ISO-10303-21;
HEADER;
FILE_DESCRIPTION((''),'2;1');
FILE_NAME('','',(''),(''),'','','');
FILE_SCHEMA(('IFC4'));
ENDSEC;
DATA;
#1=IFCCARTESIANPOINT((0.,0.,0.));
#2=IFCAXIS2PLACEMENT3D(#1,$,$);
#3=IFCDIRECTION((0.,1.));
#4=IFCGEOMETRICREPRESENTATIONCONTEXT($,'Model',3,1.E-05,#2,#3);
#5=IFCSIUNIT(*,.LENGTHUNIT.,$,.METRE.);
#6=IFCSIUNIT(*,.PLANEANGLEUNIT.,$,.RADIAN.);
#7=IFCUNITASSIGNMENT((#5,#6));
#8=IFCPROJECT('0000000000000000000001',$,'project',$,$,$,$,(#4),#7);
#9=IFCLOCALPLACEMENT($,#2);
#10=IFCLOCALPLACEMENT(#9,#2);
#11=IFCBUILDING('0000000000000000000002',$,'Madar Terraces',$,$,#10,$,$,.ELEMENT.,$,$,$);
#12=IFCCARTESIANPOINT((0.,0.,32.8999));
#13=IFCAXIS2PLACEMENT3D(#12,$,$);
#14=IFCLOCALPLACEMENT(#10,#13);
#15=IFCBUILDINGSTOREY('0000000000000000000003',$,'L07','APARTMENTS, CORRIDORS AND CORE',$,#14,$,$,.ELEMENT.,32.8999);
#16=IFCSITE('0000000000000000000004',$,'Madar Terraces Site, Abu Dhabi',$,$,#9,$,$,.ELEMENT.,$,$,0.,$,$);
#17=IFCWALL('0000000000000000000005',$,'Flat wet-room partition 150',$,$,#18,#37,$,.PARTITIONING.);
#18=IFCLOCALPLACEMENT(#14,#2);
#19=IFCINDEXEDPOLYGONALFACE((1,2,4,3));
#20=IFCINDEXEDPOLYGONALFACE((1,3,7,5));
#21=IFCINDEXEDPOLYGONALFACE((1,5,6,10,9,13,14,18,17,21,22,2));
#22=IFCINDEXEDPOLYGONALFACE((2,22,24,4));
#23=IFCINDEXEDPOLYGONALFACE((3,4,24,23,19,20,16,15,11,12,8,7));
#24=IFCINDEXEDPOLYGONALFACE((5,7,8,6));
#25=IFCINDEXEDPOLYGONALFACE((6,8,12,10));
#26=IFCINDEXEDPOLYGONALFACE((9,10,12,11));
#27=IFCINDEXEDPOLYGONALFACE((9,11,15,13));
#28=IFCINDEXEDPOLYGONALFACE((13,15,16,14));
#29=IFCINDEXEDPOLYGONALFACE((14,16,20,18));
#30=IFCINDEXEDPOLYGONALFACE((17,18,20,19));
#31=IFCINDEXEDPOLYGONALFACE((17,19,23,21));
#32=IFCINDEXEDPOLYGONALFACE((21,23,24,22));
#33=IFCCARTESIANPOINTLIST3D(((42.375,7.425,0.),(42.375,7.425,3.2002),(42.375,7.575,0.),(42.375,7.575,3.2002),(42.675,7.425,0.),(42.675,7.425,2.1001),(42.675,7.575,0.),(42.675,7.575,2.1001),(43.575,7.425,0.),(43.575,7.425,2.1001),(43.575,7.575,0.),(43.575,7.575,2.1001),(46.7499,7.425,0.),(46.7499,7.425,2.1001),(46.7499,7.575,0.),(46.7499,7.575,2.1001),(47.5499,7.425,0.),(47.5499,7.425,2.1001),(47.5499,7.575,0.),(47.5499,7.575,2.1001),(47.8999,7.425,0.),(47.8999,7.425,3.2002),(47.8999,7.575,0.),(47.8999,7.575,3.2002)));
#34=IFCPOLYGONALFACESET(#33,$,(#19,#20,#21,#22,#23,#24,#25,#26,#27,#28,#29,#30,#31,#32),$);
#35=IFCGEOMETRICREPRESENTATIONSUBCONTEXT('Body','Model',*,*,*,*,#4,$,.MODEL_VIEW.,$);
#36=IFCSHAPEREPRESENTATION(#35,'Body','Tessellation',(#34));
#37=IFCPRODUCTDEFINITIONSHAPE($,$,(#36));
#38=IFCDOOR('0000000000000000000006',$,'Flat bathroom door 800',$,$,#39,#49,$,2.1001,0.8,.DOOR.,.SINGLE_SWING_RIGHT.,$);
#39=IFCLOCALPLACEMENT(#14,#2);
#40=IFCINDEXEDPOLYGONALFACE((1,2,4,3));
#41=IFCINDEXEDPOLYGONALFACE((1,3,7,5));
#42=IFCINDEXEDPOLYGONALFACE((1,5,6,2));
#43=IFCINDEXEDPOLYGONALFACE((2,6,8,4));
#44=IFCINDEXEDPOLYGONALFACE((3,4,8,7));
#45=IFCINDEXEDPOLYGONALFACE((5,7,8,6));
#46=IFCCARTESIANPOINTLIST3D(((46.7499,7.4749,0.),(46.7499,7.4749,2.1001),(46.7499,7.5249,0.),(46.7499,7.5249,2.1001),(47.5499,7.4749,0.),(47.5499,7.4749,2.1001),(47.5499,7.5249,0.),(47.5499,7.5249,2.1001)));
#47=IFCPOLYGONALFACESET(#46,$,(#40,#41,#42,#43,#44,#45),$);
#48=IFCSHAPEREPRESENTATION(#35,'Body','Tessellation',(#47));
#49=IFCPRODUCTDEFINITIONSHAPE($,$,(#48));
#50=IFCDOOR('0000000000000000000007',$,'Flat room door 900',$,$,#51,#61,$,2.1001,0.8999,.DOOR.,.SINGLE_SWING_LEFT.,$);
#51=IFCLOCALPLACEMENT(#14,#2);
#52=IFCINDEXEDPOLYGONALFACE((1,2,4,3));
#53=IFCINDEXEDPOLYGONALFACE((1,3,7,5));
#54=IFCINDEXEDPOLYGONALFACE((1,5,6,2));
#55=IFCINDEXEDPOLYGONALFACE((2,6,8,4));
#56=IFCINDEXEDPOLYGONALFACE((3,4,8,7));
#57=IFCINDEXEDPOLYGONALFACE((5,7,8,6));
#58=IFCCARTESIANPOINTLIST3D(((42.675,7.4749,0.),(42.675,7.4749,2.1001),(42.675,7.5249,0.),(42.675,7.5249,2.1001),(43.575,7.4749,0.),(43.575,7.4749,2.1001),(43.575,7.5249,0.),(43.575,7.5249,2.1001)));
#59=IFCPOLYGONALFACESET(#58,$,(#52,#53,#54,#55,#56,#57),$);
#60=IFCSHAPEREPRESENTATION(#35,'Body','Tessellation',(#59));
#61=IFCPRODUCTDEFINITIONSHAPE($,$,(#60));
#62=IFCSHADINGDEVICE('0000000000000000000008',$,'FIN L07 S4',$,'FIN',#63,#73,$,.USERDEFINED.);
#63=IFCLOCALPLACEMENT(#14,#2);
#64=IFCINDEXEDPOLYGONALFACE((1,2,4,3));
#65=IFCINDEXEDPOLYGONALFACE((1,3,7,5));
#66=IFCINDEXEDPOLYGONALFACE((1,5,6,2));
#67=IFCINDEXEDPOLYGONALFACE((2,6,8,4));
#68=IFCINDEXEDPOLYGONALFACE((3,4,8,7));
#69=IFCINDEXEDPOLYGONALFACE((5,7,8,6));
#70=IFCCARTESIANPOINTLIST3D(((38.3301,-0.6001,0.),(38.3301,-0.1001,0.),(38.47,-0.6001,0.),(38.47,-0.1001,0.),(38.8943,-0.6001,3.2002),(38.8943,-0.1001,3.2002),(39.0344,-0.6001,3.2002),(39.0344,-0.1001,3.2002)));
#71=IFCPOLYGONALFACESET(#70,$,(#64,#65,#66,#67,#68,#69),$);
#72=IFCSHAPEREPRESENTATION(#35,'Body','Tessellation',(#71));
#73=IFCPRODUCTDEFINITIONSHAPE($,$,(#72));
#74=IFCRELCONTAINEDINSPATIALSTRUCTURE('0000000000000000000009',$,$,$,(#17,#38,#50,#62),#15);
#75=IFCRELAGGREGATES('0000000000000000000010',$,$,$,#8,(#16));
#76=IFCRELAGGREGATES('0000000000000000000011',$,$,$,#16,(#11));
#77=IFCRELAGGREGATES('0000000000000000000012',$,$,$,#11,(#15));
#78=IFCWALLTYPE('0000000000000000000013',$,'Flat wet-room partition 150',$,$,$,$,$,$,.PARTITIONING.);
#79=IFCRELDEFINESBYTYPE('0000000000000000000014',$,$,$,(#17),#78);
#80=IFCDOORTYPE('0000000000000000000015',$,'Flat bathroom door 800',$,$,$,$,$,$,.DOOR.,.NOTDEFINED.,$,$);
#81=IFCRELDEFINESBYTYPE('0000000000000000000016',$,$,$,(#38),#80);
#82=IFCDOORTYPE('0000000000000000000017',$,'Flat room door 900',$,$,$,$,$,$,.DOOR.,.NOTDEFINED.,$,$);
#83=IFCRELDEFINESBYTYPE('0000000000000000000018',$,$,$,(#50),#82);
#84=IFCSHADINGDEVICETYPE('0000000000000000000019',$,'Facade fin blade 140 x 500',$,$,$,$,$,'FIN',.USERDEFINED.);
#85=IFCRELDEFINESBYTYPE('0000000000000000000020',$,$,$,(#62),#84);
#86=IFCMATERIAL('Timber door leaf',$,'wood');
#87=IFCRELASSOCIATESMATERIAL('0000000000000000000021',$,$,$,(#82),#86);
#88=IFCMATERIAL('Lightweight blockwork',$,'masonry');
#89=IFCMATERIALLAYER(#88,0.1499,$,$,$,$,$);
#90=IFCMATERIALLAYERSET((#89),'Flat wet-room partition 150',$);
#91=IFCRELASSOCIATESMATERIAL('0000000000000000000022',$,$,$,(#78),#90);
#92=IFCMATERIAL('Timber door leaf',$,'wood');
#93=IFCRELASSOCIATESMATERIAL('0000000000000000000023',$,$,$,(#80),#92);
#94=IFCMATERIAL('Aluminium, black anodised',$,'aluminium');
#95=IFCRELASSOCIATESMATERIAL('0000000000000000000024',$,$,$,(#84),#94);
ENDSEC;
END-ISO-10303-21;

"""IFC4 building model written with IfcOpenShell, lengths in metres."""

from ifc_helpers import new_model, si_unit, direction, frame, frame_2d, origin, place, context, subcontext, project, spatial, polyline, rectangle, outline, extrude, material, layer, layer_set, type_object, element, fill, save


model = new_model("IFC4")

# Units and contexts
model_context = context("Model", 3, precision=1e-05, world=origin(), true_north=direction((0.0, 1.0)))
body_context = subcontext(model_context, "Body", "Model", "MODEL_VIEW")
ifc_project = project(units=[si_unit("LENGTHUNIT", "METRE"), si_unit("PLANEANGLEUNIT", "RADIAN")], contexts=[model_context])

# Site, building, storey
site_placement = place(None, origin())
site = spatial("IfcSite", under=ifc_project, at=site_placement, Name="Madar Terraces Site, Abu Dhabi", CompositionType="ELEMENT", RefElevation=0.0)
building_placement = place(site_placement, origin())
building = spatial("IfcBuilding", under=site, at=building_placement, Name="Madar Terraces", CompositionType="ELEMENT")
storey_placement = place(building_placement, frame((0.0, 0.0, 32.8999)))
storey = spatial("IfcBuildingStorey", under=building, at=storey_placement, Name="L07", Description="APARTMENTS, CORRIDORS AND CORE", CompositionType="ELEMENT", Elevation=32.8999)

# Shared definitions
ifc_material_1 = material(Name="Timber door leaf", Category="wood")
door_type_1 = type_object("IfcDoorType", Name="Flat room door 900", OperationType="NOTDEFINED", PredefinedType="DOOR", material=ifc_material_1)

# Shared definitions
ifc_material_2 = material(Name="Lightweight blockwork", Category="masonry")
ifc_layer_1 = layer(ifc_material_2, 0.1499)
ifc_layer_set_1 = layer_set([ifc_layer_1], Name="Flat wet-room partition 150")
wall_type_1 = type_object("IfcWallType", Name="Flat wet-room partition 150", PredefinedType="PARTITIONING", material=ifc_layer_set_1)

# Wall, openings, doors
wall_1_placement = place(storey_placement, frame((42.375, 7.5, 0.0), z_axis=(0.0, 0.0, 1.0), x_axis=(1.0, 0.0, 0.0)))
wall_1 = element("IfcWall", 1, at=wall_1_placement, inside=storey, type_object=wall_type_1, Name="Flat wet-room partition 150", PredefinedType="PARTITIONING", context=body_context, shape_type="SweptSolid", body=[
    extrude(rectangle(XDim=5.5249, YDim=0.1499, at=frame_2d((2.7625, 0.0))), origin(), (0.0, 0.0, 1.0), 3.2002),
])
opening_1_placement = place(wall_1_placement, frame((0.3, 0.0, 0.0)))
opening_1 = element("IfcOpeningElement", 2, at=opening_1_placement, cuts=wall_1, PredefinedType="OPENING", context=body_context, shape_type="SweptSolid", body=[
    extrude(rectangle(XDim=0.8999, YDim=2.1001, at=frame_2d((0.45, 1.05))), frame((0.0, 0.085, 0.0), z_axis=(0.0, -1.0, 0.0), x_axis=(1.0, 0.0, 0.0)), (0.0, 0.0, 1.0), 0.1699),
])
opening_2_placement = place(wall_1_placement, frame((4.375, 0.0, 0.0)))
opening_2 = element("IfcOpeningElement", 3, at=opening_2_placement, cuts=wall_1, PredefinedType="OPENING", context=body_context, shape_type="SweptSolid", body=[
    extrude(rectangle(XDim=0.8, YDim=2.1001, at=frame_2d((0.3999, 1.05))), frame((0.0, 0.085, 0.0), z_axis=(0.0, -1.0, 0.0), x_axis=(1.0, 0.0, 0.0)), (0.0, 0.0, 1.0), 0.1699),
])
ifc_material_3 = material(Name="Timber door leaf", Category="wood")
door_type_2 = type_object("IfcDoorType", Name="Flat bathroom door 800", OperationType="NOTDEFINED", PredefinedType="DOOR", material=ifc_material_3)
door_1_placement = place(opening_2_placement, origin())
door_1 = element("IfcDoor", 4, at=door_1_placement, inside=storey, type_object=door_type_2, Name="Flat bathroom door 800", OperationType="SINGLE_SWING_RIGHT", OverallHeight=2.1001, OverallWidth=0.8, PredefinedType="DOOR", context=body_context, shape_type="SweptSolid", body=[
    extrude(rectangle(XDim=0.8, YDim=2.1001, at=frame_2d((0.3999, 1.05))), frame((0.0, 0.0249, 0.0), z_axis=(0.0, -1.0, 0.0), x_axis=(1.0, 0.0, 0.0)), (0.0, 0.0, 1.0), 0.05),
])
fill(opening_2, door_1)
door_2_placement = place(opening_1_placement, origin())
door_2 = element("IfcDoor", 5, at=door_2_placement, inside=storey, type_object=door_type_1, Name="Flat room door 900", OperationType="SINGLE_SWING_LEFT", OverallHeight=2.1001, OverallWidth=0.8999, PredefinedType="DOOR", context=body_context, shape_type="SweptSolid", body=[
    extrude(rectangle(XDim=0.8999, YDim=2.1001, at=frame_2d((0.45, 1.05))), frame((0.0, 0.0249, 0.0), z_axis=(0.0, -1.0, 0.0), x_axis=(1.0, 0.0, 0.0)), (0.0, 0.0, 1.0), 0.05),
])
fill(opening_1, door_2)

# Shading device
ifc_material_4 = material(Name="Aluminium, black anodised", Category="aluminium")
shading_device_type = type_object("IfcShadingDeviceType", Name="Facade fin blade 140 x 500", ElementType="FIN", PredefinedType="USERDEFINED", material=ifc_material_4)
shading_device_placement = place(storey_placement, frame((38.3301, -0.3501, 0.0), z_axis=(0.0, 0.0, 1.0), x_axis=(1.0, 0.0, 0.0)))
element("IfcShadingDevice", 6, at=shading_device_placement, inside=storey, type_object=shading_device_type, Name="FIN L07 S4", ObjectType="FIN", PredefinedType="USERDEFINED", context=body_context, shape_type="SweptSolid", body=[
    extrude(outline(polyline([(0.0, 0.0), (0.1399, 0.0), (0.7043, 3.2002), (0.5642, 3.2002), (0.0, 0.0)])), frame((0.0, 0.25, 0.0), z_axis=(0.0, -1.0, 0.0), x_axis=(1.0, 0.0, 0.0)), (0.0, 0.0, 1.0), 0.5),
])

save(model, "model.ifc")
